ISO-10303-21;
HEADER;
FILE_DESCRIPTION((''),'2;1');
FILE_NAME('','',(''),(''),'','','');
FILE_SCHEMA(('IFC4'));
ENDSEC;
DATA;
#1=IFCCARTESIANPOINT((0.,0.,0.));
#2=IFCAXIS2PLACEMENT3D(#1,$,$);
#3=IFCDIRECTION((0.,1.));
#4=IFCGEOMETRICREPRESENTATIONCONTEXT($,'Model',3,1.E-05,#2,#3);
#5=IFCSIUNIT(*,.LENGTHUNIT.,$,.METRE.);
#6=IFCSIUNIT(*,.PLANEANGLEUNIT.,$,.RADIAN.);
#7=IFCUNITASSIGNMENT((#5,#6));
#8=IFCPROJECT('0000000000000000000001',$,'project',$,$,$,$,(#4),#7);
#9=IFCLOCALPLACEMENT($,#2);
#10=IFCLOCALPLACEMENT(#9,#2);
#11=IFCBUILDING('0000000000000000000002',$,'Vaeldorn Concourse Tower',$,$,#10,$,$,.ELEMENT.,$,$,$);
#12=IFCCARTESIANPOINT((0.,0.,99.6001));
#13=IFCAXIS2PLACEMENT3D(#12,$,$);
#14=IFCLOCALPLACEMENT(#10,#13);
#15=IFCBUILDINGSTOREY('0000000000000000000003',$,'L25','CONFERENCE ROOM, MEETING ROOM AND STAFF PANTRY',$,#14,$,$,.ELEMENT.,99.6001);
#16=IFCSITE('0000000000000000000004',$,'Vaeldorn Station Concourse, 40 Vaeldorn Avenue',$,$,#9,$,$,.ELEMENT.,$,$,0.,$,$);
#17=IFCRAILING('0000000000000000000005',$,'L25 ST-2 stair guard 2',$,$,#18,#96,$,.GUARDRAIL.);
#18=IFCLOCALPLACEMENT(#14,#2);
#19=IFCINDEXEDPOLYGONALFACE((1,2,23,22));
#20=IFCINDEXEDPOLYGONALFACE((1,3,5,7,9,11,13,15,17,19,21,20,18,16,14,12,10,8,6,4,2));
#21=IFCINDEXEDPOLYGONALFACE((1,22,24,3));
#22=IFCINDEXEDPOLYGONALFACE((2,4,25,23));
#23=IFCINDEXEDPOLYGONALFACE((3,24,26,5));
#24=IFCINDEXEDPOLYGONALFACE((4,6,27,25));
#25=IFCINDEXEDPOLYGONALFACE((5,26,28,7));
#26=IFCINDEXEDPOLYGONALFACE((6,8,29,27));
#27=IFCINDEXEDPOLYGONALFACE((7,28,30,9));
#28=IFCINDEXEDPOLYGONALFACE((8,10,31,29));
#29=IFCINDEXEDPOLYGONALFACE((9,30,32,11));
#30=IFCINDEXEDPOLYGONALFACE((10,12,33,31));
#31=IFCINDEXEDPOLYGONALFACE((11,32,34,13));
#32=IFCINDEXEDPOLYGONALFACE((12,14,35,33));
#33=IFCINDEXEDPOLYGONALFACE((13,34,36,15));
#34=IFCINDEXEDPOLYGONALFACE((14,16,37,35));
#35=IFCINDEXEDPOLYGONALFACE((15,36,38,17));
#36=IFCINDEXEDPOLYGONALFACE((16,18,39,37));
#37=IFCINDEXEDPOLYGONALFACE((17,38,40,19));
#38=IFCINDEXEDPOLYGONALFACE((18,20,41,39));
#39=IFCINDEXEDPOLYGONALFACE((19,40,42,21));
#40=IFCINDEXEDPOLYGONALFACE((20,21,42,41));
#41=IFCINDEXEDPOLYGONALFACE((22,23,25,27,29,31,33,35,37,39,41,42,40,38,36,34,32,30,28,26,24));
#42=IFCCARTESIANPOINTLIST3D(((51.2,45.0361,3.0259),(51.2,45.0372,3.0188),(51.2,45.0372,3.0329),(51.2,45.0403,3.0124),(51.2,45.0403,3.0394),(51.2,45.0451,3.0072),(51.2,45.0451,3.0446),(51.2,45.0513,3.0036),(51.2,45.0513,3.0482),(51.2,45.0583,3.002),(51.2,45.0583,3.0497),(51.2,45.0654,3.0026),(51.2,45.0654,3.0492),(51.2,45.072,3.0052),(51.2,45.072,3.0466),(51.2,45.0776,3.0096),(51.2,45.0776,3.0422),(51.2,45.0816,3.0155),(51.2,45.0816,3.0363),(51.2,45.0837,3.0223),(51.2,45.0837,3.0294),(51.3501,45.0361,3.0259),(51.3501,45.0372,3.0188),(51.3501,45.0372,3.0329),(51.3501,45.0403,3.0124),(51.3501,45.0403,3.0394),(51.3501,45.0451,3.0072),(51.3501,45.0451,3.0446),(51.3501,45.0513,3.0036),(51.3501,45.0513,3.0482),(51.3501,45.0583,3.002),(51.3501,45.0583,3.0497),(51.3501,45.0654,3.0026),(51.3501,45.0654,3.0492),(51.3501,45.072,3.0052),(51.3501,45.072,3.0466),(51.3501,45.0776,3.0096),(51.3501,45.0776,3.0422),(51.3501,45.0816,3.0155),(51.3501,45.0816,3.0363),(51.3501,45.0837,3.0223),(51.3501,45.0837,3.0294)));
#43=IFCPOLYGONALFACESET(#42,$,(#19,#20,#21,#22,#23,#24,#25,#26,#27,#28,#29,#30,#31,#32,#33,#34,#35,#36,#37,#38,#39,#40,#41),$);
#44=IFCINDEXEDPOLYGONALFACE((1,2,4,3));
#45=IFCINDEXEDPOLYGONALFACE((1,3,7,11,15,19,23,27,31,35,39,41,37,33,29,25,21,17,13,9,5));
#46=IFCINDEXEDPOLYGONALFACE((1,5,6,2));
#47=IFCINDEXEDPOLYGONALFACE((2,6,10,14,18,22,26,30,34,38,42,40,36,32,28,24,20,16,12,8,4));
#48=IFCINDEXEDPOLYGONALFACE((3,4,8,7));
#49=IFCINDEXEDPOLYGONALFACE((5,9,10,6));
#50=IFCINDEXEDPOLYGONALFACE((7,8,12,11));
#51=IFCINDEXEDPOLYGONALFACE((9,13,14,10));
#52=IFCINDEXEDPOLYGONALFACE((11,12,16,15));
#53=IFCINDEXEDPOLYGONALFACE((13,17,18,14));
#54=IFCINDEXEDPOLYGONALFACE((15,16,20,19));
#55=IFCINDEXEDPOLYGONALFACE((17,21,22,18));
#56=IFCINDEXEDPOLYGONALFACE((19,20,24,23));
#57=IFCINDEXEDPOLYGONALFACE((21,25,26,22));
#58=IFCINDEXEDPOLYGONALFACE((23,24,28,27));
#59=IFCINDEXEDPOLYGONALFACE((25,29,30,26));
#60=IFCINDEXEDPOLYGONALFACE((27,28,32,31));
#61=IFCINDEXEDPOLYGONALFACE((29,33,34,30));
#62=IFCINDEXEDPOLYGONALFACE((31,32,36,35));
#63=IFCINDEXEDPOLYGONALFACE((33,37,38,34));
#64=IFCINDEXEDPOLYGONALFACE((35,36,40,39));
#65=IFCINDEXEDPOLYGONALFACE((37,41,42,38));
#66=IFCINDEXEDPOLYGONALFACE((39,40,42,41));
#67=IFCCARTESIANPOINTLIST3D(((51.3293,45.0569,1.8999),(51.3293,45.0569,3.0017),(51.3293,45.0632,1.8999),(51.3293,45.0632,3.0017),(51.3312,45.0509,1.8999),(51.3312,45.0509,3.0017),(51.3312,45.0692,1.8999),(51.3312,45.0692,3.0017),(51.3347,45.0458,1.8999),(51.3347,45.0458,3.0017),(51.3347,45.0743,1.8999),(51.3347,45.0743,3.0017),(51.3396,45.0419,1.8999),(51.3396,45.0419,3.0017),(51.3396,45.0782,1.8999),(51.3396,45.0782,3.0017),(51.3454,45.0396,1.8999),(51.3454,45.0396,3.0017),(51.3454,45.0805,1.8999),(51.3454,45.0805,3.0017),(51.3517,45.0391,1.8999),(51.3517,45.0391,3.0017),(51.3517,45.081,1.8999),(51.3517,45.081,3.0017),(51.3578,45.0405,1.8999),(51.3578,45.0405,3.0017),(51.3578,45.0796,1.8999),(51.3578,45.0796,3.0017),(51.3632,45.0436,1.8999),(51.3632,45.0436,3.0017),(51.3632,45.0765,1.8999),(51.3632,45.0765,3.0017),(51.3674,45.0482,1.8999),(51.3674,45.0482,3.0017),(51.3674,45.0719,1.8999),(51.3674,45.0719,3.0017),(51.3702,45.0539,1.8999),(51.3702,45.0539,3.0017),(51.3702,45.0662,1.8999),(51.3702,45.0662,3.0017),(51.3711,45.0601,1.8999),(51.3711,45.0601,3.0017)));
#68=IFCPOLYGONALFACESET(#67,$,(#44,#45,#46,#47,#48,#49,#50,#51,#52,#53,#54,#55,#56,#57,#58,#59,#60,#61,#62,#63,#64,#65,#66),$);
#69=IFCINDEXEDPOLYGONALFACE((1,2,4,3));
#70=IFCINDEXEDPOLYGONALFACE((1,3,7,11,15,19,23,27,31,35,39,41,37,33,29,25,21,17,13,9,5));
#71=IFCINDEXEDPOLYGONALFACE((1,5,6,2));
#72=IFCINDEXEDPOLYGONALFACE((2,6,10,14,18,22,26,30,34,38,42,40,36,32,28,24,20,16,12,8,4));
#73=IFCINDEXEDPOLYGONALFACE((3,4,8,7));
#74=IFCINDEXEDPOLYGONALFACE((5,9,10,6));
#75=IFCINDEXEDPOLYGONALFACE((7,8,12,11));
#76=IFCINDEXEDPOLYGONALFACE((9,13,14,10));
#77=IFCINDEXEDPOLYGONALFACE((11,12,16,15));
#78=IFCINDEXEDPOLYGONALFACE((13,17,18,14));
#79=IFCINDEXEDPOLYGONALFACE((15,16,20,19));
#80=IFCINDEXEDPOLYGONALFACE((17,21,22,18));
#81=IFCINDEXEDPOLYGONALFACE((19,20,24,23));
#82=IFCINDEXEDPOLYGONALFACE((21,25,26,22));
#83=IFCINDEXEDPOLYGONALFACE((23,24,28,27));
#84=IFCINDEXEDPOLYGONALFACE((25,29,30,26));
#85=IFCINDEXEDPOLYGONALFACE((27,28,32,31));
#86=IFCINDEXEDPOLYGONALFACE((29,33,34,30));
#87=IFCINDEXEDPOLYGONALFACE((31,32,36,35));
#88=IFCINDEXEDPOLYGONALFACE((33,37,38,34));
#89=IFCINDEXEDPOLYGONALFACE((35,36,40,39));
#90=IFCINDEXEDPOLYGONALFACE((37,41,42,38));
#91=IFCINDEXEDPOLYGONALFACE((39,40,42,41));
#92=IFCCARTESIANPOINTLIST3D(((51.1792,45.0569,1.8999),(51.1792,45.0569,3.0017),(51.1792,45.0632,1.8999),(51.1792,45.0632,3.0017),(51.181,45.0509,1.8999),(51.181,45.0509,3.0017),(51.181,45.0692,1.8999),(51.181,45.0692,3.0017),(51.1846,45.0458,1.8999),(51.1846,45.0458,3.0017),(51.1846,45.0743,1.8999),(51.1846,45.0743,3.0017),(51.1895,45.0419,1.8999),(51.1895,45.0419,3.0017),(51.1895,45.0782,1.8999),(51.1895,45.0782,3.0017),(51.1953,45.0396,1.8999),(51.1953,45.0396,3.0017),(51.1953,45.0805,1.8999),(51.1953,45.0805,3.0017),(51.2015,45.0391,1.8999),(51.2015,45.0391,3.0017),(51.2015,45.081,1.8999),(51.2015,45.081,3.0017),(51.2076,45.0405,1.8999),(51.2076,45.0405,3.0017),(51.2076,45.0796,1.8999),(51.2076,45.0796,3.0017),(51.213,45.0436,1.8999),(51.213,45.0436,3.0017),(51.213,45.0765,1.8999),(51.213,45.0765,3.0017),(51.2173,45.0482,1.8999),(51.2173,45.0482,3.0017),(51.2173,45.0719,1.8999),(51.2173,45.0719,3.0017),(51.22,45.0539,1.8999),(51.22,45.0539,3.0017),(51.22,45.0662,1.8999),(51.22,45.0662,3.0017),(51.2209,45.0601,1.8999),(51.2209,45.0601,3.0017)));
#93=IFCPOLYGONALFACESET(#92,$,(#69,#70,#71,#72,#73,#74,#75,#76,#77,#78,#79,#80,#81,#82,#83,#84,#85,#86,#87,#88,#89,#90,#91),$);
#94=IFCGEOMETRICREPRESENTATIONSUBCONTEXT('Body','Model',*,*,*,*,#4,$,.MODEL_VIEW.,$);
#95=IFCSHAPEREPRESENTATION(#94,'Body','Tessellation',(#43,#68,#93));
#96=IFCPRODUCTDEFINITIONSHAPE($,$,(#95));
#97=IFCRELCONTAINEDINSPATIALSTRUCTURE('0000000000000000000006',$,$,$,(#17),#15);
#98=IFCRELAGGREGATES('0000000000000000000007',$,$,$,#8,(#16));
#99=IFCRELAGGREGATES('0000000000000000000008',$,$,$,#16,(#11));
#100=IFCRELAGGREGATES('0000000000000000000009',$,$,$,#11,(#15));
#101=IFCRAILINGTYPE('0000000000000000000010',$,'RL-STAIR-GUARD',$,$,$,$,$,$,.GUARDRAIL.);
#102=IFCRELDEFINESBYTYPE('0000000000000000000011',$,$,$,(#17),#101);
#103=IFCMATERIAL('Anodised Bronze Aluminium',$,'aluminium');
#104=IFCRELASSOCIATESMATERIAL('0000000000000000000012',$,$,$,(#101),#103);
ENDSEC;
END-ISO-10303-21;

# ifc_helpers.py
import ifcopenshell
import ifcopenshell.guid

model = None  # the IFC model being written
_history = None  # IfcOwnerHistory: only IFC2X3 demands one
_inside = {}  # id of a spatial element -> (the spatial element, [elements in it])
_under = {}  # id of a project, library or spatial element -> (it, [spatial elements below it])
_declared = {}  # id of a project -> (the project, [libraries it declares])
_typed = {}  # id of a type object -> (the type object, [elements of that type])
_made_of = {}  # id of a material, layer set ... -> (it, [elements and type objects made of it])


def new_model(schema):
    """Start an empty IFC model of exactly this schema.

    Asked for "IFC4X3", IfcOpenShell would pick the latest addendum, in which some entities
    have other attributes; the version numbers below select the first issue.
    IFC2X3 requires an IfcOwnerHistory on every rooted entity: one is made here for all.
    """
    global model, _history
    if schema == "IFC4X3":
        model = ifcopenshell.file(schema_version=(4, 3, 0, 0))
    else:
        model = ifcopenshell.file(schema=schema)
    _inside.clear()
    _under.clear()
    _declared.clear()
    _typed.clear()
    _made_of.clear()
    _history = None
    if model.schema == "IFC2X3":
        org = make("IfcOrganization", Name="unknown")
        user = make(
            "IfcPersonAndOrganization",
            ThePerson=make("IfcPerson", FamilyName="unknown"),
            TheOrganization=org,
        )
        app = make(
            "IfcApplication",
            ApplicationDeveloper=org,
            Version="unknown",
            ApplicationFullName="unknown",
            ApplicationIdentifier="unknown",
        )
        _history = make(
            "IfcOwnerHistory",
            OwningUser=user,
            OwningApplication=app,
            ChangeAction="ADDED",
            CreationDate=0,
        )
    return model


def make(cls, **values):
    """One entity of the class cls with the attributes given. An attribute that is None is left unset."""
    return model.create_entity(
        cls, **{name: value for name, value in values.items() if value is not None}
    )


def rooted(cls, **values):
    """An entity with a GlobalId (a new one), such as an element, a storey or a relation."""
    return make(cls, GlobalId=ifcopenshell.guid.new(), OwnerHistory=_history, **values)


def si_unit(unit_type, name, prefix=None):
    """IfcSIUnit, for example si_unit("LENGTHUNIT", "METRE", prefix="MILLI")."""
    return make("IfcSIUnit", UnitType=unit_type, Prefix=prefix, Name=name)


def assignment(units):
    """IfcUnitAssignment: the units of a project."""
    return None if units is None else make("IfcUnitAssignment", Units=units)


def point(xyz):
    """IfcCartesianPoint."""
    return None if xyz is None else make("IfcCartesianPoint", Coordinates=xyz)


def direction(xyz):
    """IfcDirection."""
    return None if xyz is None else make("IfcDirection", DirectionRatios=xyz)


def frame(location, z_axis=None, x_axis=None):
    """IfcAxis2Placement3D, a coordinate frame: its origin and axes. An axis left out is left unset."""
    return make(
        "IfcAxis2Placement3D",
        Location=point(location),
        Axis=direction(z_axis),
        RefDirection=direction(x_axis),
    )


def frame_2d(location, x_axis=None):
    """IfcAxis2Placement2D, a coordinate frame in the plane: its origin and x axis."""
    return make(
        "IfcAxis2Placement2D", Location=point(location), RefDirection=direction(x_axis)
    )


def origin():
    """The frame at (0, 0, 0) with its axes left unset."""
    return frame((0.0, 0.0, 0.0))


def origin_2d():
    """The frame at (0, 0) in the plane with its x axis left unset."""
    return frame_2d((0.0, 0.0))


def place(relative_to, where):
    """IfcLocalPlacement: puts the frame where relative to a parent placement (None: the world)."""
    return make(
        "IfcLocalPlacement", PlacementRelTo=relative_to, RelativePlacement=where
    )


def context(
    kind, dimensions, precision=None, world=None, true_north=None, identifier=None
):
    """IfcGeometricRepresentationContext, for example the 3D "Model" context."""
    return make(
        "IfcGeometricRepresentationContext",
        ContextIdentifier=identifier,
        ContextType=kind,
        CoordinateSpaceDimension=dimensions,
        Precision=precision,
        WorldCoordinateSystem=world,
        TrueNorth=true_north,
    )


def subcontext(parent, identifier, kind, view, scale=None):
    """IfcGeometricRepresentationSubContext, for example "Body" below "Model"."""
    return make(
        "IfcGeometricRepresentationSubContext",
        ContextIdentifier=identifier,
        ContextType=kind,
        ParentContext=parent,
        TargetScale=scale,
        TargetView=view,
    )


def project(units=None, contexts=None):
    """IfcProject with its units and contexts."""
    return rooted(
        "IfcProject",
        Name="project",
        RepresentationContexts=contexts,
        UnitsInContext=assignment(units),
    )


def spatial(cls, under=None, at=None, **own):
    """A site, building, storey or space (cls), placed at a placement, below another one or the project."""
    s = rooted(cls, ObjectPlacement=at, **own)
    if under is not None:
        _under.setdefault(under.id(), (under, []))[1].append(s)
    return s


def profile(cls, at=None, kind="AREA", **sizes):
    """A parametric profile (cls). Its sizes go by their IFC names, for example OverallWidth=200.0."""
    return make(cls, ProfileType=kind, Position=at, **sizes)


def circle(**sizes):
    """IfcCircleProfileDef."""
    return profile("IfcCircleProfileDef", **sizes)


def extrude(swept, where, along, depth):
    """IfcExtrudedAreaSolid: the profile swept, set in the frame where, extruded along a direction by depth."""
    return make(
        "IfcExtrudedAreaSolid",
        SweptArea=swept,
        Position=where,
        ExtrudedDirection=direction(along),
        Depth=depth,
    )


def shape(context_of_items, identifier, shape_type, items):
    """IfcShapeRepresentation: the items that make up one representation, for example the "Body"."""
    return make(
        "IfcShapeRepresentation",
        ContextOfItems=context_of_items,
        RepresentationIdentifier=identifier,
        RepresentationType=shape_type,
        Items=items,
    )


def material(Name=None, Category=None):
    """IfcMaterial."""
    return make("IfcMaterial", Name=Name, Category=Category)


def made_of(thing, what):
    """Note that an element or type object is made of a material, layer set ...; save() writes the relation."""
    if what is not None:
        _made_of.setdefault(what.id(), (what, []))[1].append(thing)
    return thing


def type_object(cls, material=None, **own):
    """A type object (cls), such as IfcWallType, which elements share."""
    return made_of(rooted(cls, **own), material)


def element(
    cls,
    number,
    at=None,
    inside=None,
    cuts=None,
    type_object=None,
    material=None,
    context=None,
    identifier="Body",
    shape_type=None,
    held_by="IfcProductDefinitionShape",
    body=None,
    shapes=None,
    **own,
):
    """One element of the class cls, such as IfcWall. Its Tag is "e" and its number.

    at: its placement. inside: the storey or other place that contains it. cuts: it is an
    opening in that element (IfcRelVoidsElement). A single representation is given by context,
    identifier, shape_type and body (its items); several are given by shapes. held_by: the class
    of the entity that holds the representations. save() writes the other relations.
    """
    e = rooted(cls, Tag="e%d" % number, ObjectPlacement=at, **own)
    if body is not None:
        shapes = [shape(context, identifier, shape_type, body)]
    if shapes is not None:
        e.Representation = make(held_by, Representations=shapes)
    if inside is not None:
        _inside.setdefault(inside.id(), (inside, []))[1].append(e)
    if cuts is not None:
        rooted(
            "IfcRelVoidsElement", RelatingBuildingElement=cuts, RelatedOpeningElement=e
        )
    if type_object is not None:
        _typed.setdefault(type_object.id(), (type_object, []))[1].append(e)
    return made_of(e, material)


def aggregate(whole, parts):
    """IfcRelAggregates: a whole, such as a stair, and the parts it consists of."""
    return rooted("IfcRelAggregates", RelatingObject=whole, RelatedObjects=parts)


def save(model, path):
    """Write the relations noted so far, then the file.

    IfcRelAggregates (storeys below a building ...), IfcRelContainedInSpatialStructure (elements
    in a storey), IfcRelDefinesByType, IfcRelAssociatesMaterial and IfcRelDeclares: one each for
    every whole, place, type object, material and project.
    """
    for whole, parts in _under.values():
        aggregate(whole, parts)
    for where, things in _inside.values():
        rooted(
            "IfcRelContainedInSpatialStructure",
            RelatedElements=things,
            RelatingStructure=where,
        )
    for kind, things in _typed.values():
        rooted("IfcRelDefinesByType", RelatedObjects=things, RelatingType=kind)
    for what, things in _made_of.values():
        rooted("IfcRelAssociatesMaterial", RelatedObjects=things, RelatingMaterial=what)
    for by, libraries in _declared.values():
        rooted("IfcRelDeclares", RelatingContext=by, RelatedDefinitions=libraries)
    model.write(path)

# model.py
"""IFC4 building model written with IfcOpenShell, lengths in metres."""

from ifc_helpers import new_model, si_unit, direction, frame, origin, origin_2d, place, context, subcontext, project, spatial, circle, extrude, material, type_object, element, save


model = new_model("IFC4")

# Units and contexts
model_context = context("Model", 3, precision=1e-05, world=origin(), true_north=direction((0.0, 1.0)))
body_context = subcontext(model_context, "Body", "Model", "MODEL_VIEW")
ifc_project = project(units=[si_unit("LENGTHUNIT", "METRE"), si_unit("PLANEANGLEUNIT", "RADIAN")], contexts=[model_context])

# Site, building, storey
site_placement = place(None, origin())
site = spatial("IfcSite", under=ifc_project, at=site_placement, Name="Vaeldorn Station Concourse, 40 Vaeldorn Avenue", CompositionType="ELEMENT", RefElevation=0.0)
building_placement = place(site_placement, origin())
building = spatial("IfcBuilding", under=site, at=building_placement, Name="Vaeldorn Concourse Tower", CompositionType="ELEMENT")
storey_placement = place(building_placement, frame((0.0, 0.0, 99.6001)))
storey = spatial("IfcBuildingStorey", under=building, at=storey_placement, Name="L25", Description="CONFERENCE ROOM, MEETING ROOM AND STAFF PANTRY", CompositionType="ELEMENT", Elevation=99.6001)

# Shared definitions
ifc_material_1 = material(Name="Anodised Bronze Aluminium", Category="aluminium")

# Railing
railing_type_1 = type_object("IfcRailingType", Name="RL-STAIR-GUARD", PredefinedType="GUARDRAIL", material=ifc_material_1)
railing_1_placement = place(storey_placement, frame((51.3501, 45.0601, 1.8999)))
element("IfcRailing", 1, at=railing_1_placement, inside=storey, type_object=railing_type_1, Name="L25 ST-2 stair guard 2", PredefinedType="GUARDRAIL", context=body_context, shape_type="SweptSolid", body=[
    extrude(circle(Radius=0.0239, at=origin_2d()), frame((0.0, 0.0, 1.126), z_axis=(-1.0, 0.0, 0.0), x_axis=(0.0, -1.0, 0.0)), (0.0, 0.0, 1.0), 0.1501),
    extrude(circle(Radius=0.021, at=origin_2d()), origin(), (0.0, 0.0, 1.0), 1.1018),
    extrude(circle(Radius=0.021, at=origin_2d()), frame((-0.1501, 0.0, 0.0)), (0.0, 0.0, 1.0), 1.1018),
])

save(model, "model.ifc")
